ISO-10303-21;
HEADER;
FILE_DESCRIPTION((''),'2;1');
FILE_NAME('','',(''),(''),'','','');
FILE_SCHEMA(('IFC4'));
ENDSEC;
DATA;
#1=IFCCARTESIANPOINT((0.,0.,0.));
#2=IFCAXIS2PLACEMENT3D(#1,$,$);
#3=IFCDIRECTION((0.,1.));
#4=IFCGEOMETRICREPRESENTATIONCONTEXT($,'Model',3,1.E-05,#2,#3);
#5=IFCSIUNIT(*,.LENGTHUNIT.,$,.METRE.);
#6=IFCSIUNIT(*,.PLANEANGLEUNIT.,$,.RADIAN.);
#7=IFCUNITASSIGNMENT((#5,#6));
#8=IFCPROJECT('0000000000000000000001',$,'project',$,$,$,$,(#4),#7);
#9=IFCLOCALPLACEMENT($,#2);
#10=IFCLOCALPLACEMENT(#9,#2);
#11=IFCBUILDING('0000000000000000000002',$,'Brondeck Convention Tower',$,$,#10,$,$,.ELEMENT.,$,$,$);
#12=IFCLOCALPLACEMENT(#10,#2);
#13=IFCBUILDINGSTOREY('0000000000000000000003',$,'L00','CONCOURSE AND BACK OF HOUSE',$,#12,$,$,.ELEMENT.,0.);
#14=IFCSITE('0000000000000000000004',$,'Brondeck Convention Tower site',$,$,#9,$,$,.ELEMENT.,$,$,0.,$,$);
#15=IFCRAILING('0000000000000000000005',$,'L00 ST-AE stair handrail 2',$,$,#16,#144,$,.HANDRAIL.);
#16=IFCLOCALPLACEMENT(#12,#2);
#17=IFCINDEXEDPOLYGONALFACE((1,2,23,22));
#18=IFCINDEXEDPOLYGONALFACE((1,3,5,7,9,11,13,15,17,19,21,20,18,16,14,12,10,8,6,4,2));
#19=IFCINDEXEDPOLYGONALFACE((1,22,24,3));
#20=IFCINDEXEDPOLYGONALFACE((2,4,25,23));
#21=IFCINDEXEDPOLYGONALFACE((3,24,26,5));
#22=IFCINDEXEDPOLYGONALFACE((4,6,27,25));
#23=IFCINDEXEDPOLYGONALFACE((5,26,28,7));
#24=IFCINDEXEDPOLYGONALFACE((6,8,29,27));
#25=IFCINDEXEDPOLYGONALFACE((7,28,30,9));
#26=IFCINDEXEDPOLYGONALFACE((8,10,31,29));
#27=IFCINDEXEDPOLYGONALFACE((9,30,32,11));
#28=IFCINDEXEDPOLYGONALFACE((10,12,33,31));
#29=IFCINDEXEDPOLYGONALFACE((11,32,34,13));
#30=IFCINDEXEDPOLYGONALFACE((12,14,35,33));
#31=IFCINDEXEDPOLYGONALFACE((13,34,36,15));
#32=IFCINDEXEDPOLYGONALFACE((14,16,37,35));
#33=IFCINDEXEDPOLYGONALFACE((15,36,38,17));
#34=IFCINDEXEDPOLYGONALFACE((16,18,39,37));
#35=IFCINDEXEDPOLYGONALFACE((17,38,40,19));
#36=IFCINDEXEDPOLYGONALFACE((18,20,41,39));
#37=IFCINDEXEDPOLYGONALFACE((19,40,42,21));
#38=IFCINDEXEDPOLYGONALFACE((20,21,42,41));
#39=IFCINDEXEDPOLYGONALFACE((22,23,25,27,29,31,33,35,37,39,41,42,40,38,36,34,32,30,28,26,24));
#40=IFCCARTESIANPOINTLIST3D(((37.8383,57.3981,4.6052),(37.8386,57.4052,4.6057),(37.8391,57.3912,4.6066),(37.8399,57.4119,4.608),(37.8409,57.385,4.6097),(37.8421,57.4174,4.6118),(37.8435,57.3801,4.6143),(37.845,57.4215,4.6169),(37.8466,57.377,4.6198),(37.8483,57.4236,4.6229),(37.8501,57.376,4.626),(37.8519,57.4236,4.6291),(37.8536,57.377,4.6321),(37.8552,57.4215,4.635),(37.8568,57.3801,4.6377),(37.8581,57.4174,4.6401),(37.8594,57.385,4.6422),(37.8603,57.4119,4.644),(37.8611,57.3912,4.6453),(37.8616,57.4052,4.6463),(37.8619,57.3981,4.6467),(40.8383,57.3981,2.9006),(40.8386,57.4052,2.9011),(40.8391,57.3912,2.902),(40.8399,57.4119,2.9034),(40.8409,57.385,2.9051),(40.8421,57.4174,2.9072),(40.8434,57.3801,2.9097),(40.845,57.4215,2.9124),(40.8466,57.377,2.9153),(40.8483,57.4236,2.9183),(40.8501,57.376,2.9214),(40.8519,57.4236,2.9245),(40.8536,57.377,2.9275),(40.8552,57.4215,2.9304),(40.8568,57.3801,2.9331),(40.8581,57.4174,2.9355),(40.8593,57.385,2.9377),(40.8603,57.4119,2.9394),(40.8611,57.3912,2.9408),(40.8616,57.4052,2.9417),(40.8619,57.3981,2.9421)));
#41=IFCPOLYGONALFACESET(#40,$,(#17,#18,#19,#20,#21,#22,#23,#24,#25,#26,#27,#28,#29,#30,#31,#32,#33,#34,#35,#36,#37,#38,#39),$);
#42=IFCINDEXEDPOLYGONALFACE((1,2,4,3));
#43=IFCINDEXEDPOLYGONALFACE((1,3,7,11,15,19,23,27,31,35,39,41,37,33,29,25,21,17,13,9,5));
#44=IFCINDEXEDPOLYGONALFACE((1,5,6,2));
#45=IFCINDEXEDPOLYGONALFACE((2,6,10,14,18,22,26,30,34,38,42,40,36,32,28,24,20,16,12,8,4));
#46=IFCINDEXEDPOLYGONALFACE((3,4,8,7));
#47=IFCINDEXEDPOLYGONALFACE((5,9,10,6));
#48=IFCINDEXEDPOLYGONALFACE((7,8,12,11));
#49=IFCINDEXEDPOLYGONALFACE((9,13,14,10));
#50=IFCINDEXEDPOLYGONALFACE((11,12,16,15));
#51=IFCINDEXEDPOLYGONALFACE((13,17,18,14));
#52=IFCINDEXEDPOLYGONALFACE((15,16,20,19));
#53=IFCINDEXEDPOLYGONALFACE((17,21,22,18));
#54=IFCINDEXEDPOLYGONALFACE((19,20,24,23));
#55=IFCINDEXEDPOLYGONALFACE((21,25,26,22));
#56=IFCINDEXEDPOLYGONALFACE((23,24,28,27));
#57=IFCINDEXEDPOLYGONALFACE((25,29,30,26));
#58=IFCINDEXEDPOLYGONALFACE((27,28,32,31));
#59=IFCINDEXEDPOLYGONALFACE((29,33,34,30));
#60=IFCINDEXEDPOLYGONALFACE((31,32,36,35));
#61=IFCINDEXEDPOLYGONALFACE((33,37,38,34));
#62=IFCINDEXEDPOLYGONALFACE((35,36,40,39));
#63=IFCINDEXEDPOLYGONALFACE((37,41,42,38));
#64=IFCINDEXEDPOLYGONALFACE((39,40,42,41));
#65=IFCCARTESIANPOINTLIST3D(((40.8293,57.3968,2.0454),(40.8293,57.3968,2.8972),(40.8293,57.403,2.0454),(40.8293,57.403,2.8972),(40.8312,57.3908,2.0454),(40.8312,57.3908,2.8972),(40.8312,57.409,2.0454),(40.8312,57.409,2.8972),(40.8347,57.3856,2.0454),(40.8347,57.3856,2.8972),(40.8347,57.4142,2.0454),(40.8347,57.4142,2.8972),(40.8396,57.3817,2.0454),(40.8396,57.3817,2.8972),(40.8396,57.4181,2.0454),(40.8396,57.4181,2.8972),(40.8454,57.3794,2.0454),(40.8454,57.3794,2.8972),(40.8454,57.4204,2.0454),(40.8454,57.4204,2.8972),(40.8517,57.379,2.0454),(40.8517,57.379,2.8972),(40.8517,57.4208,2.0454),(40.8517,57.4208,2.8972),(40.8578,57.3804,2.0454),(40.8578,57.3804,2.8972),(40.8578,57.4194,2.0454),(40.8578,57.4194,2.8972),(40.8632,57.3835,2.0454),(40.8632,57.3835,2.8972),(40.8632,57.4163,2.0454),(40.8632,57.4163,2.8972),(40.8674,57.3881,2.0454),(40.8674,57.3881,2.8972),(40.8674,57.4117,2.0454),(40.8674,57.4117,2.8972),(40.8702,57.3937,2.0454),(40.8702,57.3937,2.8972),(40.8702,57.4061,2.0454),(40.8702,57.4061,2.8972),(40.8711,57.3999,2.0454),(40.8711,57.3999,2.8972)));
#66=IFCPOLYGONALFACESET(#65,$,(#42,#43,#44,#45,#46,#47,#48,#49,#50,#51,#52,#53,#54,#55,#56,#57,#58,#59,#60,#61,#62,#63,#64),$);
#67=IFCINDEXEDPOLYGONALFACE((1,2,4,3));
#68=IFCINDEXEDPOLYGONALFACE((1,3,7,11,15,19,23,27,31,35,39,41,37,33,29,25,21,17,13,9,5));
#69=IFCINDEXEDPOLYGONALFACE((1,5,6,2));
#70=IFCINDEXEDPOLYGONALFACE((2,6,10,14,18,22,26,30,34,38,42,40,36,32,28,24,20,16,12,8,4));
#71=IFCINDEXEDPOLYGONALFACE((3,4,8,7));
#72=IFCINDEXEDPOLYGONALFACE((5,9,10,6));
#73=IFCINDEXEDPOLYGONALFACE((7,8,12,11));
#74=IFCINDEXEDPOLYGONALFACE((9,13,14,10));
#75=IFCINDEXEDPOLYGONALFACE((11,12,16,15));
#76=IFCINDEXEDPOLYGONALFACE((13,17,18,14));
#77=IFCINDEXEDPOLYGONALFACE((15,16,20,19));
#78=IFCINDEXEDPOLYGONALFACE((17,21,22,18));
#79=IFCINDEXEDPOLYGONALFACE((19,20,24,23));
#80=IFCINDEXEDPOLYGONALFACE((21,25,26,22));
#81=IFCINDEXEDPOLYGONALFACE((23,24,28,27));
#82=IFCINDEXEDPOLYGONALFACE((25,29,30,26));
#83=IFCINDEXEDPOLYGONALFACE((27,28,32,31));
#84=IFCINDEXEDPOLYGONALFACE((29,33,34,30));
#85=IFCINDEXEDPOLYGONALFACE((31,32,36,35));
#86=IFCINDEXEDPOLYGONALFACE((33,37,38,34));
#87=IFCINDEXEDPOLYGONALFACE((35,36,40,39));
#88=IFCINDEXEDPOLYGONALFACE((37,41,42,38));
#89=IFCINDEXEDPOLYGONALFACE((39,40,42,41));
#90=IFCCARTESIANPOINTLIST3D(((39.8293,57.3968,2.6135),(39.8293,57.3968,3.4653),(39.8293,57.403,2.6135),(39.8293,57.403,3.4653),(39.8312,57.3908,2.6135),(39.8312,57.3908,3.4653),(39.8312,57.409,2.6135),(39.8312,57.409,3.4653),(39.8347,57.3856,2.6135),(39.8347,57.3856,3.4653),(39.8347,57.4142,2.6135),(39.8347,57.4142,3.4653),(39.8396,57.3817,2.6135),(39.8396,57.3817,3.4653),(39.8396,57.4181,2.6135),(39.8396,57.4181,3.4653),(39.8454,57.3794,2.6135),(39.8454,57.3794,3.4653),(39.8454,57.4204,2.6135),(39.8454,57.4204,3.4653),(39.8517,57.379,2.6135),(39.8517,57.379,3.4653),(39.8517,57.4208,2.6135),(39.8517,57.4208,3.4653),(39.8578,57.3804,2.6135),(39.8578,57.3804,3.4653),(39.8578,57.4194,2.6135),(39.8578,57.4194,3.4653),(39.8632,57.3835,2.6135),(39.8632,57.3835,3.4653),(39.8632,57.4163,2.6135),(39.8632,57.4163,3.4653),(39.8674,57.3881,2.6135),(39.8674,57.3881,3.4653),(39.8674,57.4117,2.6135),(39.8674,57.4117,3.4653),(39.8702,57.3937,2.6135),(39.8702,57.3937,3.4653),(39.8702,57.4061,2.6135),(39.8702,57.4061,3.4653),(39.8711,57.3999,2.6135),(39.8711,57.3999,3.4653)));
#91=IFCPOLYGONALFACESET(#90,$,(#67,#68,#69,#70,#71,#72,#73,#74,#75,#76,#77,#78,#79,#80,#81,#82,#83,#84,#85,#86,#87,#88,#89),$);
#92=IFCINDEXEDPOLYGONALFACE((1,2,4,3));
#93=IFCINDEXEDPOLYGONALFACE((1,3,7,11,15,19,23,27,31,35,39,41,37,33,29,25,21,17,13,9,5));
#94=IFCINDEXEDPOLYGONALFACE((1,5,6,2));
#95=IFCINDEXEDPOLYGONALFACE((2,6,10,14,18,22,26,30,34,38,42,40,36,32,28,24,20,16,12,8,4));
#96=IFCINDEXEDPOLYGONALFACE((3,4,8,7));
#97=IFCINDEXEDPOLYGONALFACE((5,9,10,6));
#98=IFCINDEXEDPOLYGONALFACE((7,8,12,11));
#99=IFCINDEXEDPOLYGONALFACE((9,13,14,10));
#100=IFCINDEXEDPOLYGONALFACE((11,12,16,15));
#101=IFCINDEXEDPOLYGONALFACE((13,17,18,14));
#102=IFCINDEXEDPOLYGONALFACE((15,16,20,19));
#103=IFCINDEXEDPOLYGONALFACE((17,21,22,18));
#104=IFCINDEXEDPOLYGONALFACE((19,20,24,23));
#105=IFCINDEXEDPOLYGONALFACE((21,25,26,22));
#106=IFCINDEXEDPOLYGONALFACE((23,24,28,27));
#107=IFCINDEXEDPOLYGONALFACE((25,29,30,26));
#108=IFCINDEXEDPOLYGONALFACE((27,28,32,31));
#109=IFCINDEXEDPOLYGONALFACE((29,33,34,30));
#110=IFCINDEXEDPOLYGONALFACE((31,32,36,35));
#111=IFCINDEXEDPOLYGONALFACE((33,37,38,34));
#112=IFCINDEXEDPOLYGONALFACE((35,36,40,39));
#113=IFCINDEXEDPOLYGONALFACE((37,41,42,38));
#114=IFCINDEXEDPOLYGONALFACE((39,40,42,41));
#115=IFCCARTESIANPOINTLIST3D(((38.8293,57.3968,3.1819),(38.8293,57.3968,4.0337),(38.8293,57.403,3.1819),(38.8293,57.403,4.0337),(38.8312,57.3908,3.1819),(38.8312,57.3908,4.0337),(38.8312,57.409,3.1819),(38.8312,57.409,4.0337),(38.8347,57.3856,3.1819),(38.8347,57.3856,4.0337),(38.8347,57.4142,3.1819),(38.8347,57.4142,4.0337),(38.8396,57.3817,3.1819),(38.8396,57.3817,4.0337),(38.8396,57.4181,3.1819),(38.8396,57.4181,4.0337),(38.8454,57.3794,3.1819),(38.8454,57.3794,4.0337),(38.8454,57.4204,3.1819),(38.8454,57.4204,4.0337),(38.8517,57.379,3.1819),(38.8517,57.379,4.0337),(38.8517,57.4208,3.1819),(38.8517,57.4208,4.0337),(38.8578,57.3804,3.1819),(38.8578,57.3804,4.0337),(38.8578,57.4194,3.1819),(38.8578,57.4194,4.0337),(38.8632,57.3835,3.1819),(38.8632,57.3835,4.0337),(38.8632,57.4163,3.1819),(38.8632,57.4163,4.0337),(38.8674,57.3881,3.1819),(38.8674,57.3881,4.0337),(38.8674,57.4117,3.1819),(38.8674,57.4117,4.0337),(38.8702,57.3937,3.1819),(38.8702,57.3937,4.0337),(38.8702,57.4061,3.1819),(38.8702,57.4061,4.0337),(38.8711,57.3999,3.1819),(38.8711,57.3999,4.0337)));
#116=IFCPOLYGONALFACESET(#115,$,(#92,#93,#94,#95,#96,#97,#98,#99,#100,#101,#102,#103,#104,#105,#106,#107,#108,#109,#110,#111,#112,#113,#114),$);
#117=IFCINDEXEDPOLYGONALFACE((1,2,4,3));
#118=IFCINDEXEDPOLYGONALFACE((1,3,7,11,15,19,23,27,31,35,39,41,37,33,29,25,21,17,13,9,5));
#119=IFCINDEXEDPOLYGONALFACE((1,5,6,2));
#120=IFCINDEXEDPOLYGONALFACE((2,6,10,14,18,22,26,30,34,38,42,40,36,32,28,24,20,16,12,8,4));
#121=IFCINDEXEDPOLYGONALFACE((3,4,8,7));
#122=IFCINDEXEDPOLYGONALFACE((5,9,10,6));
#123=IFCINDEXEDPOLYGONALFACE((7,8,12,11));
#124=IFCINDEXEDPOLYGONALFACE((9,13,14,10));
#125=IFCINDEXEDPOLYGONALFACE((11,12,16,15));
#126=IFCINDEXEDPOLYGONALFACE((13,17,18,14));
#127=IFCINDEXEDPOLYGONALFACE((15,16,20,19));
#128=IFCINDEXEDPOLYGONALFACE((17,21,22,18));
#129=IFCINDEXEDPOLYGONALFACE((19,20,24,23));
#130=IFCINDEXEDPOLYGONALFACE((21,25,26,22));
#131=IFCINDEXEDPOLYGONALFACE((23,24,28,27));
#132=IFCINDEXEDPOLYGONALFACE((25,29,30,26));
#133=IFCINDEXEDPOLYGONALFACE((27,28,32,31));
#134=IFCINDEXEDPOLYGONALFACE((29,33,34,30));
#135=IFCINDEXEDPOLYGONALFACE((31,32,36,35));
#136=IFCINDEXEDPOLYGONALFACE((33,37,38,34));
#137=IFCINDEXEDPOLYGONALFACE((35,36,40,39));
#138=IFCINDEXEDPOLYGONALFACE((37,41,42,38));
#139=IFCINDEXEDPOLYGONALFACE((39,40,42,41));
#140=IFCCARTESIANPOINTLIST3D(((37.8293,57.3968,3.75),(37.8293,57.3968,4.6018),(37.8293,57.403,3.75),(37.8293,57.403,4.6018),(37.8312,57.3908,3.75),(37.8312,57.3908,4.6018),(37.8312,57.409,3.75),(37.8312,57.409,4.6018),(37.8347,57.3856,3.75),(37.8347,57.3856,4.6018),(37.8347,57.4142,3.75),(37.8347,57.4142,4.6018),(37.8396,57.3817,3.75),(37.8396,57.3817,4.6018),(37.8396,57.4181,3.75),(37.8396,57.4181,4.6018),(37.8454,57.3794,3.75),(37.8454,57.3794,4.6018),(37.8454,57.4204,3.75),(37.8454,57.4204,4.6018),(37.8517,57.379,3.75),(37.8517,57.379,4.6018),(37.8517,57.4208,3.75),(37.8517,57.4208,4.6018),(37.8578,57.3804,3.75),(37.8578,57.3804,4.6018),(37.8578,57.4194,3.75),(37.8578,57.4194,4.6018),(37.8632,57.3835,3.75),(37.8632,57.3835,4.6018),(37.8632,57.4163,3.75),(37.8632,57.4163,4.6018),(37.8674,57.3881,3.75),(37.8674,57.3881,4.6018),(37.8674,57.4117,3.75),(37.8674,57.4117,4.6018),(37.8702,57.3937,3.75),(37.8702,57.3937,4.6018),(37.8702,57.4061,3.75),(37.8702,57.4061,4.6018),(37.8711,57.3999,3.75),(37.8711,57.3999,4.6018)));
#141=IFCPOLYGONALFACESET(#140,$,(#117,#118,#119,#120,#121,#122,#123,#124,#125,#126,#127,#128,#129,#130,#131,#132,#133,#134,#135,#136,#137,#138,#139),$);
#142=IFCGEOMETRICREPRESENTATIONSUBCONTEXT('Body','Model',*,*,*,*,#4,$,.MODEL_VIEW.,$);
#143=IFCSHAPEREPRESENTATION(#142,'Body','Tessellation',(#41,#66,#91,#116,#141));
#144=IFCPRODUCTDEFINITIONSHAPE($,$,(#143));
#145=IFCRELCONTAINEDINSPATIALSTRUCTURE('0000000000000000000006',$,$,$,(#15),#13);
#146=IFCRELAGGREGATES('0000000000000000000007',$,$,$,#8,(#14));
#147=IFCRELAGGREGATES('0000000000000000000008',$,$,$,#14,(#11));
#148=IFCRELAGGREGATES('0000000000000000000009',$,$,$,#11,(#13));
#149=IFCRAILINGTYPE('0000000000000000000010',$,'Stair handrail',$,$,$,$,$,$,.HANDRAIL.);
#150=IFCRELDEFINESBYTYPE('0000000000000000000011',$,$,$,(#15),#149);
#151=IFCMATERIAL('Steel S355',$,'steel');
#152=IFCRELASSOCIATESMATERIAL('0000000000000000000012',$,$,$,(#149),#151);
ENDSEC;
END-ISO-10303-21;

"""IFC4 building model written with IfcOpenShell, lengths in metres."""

from ifc_helpers import new_model, si_unit, direction, frame, origin, origin_2d, place, context, subcontext, project, spatial, circle, extrude, material, type_object, element, save


model = new_model("IFC4")

# Units and contexts
model_context = context("Model", 3, precision=1e-05, world=origin(), true_north=direction((0.0, 1.0)))
body_context = subcontext(model_context, "Body", "Model", "MODEL_VIEW")
ifc_project = project(units=[si_unit("LENGTHUNIT", "METRE"), si_unit("PLANEANGLEUNIT", "RADIAN")], contexts=[model_context])

# Site, building, storey
site_placement = place(None, origin())
site = spatial("IfcSite", under=ifc_project, at=site_placement, Name="Brondeck Convention Tower site", CompositionType="ELEMENT", RefElevation=0.0)
building_placement = place(site_placement, origin())
building = spatial("IfcBuilding", under=site, at=building_placement, Name="Brondeck Convention Tower", CompositionType="ELEMENT")
storey_placement = place(building_placement, origin())
storey = spatial("IfcBuildingStorey", under=building, at=storey_placement, Name="L00", Description="CONCOURSE AND BACK OF HOUSE", CompositionType="ELEMENT", Elevation=0.0)

# Shared definitions
ifc_material_1 = material(Name="Steel S355", Category="steel")

# Railing
railing_type_1 = type_object("IfcRailingType", Name="Stair handrail", PredefinedType="HANDRAIL", material=ifc_material_1)
for number, where, name in (
    (1, (40.8501, 57.3999, 2.0454), "L00 ST-AE stair handrail 2"),
):
    element("IfcRailing", number, at=place(storey_placement, frame(where)), inside=storey, type_object=railing_type_1, Name=name, PredefinedType="HANDRAIL", context=body_context, shape_type="SweptSolid", body=[
        extrude(circle(Radius=0.0239, at=origin_2d()), frame((0.0, 0.0, 0.876), z_axis=(-0.869451, 0.0, 0.494019), x_axis=(0.0, -1.0, 0.0)), (0.0, 0.0, 1.0), 3.4504),
        extrude(circle(Radius=0.021, at=origin_2d()), origin(), (0.0, 0.0, 1.0), 0.8518),
        extrude(circle(Radius=0.021, at=origin_2d()), frame((-1.0, 0.0, 0.5681)), (0.0, 0.0, 1.0), 0.8518),
        extrude(circle(Radius=0.021, at=origin_2d()), frame((-2.0, 0.0, 1.1365)), (0.0, 0.0, 1.0), 0.8518),
        extrude(circle(Radius=0.021, at=origin_2d()), frame((-3.0, 0.0, 1.7046)), (0.0, 0.0, 1.0), 0.8518),
    ])

save(model, "model.ifc")
